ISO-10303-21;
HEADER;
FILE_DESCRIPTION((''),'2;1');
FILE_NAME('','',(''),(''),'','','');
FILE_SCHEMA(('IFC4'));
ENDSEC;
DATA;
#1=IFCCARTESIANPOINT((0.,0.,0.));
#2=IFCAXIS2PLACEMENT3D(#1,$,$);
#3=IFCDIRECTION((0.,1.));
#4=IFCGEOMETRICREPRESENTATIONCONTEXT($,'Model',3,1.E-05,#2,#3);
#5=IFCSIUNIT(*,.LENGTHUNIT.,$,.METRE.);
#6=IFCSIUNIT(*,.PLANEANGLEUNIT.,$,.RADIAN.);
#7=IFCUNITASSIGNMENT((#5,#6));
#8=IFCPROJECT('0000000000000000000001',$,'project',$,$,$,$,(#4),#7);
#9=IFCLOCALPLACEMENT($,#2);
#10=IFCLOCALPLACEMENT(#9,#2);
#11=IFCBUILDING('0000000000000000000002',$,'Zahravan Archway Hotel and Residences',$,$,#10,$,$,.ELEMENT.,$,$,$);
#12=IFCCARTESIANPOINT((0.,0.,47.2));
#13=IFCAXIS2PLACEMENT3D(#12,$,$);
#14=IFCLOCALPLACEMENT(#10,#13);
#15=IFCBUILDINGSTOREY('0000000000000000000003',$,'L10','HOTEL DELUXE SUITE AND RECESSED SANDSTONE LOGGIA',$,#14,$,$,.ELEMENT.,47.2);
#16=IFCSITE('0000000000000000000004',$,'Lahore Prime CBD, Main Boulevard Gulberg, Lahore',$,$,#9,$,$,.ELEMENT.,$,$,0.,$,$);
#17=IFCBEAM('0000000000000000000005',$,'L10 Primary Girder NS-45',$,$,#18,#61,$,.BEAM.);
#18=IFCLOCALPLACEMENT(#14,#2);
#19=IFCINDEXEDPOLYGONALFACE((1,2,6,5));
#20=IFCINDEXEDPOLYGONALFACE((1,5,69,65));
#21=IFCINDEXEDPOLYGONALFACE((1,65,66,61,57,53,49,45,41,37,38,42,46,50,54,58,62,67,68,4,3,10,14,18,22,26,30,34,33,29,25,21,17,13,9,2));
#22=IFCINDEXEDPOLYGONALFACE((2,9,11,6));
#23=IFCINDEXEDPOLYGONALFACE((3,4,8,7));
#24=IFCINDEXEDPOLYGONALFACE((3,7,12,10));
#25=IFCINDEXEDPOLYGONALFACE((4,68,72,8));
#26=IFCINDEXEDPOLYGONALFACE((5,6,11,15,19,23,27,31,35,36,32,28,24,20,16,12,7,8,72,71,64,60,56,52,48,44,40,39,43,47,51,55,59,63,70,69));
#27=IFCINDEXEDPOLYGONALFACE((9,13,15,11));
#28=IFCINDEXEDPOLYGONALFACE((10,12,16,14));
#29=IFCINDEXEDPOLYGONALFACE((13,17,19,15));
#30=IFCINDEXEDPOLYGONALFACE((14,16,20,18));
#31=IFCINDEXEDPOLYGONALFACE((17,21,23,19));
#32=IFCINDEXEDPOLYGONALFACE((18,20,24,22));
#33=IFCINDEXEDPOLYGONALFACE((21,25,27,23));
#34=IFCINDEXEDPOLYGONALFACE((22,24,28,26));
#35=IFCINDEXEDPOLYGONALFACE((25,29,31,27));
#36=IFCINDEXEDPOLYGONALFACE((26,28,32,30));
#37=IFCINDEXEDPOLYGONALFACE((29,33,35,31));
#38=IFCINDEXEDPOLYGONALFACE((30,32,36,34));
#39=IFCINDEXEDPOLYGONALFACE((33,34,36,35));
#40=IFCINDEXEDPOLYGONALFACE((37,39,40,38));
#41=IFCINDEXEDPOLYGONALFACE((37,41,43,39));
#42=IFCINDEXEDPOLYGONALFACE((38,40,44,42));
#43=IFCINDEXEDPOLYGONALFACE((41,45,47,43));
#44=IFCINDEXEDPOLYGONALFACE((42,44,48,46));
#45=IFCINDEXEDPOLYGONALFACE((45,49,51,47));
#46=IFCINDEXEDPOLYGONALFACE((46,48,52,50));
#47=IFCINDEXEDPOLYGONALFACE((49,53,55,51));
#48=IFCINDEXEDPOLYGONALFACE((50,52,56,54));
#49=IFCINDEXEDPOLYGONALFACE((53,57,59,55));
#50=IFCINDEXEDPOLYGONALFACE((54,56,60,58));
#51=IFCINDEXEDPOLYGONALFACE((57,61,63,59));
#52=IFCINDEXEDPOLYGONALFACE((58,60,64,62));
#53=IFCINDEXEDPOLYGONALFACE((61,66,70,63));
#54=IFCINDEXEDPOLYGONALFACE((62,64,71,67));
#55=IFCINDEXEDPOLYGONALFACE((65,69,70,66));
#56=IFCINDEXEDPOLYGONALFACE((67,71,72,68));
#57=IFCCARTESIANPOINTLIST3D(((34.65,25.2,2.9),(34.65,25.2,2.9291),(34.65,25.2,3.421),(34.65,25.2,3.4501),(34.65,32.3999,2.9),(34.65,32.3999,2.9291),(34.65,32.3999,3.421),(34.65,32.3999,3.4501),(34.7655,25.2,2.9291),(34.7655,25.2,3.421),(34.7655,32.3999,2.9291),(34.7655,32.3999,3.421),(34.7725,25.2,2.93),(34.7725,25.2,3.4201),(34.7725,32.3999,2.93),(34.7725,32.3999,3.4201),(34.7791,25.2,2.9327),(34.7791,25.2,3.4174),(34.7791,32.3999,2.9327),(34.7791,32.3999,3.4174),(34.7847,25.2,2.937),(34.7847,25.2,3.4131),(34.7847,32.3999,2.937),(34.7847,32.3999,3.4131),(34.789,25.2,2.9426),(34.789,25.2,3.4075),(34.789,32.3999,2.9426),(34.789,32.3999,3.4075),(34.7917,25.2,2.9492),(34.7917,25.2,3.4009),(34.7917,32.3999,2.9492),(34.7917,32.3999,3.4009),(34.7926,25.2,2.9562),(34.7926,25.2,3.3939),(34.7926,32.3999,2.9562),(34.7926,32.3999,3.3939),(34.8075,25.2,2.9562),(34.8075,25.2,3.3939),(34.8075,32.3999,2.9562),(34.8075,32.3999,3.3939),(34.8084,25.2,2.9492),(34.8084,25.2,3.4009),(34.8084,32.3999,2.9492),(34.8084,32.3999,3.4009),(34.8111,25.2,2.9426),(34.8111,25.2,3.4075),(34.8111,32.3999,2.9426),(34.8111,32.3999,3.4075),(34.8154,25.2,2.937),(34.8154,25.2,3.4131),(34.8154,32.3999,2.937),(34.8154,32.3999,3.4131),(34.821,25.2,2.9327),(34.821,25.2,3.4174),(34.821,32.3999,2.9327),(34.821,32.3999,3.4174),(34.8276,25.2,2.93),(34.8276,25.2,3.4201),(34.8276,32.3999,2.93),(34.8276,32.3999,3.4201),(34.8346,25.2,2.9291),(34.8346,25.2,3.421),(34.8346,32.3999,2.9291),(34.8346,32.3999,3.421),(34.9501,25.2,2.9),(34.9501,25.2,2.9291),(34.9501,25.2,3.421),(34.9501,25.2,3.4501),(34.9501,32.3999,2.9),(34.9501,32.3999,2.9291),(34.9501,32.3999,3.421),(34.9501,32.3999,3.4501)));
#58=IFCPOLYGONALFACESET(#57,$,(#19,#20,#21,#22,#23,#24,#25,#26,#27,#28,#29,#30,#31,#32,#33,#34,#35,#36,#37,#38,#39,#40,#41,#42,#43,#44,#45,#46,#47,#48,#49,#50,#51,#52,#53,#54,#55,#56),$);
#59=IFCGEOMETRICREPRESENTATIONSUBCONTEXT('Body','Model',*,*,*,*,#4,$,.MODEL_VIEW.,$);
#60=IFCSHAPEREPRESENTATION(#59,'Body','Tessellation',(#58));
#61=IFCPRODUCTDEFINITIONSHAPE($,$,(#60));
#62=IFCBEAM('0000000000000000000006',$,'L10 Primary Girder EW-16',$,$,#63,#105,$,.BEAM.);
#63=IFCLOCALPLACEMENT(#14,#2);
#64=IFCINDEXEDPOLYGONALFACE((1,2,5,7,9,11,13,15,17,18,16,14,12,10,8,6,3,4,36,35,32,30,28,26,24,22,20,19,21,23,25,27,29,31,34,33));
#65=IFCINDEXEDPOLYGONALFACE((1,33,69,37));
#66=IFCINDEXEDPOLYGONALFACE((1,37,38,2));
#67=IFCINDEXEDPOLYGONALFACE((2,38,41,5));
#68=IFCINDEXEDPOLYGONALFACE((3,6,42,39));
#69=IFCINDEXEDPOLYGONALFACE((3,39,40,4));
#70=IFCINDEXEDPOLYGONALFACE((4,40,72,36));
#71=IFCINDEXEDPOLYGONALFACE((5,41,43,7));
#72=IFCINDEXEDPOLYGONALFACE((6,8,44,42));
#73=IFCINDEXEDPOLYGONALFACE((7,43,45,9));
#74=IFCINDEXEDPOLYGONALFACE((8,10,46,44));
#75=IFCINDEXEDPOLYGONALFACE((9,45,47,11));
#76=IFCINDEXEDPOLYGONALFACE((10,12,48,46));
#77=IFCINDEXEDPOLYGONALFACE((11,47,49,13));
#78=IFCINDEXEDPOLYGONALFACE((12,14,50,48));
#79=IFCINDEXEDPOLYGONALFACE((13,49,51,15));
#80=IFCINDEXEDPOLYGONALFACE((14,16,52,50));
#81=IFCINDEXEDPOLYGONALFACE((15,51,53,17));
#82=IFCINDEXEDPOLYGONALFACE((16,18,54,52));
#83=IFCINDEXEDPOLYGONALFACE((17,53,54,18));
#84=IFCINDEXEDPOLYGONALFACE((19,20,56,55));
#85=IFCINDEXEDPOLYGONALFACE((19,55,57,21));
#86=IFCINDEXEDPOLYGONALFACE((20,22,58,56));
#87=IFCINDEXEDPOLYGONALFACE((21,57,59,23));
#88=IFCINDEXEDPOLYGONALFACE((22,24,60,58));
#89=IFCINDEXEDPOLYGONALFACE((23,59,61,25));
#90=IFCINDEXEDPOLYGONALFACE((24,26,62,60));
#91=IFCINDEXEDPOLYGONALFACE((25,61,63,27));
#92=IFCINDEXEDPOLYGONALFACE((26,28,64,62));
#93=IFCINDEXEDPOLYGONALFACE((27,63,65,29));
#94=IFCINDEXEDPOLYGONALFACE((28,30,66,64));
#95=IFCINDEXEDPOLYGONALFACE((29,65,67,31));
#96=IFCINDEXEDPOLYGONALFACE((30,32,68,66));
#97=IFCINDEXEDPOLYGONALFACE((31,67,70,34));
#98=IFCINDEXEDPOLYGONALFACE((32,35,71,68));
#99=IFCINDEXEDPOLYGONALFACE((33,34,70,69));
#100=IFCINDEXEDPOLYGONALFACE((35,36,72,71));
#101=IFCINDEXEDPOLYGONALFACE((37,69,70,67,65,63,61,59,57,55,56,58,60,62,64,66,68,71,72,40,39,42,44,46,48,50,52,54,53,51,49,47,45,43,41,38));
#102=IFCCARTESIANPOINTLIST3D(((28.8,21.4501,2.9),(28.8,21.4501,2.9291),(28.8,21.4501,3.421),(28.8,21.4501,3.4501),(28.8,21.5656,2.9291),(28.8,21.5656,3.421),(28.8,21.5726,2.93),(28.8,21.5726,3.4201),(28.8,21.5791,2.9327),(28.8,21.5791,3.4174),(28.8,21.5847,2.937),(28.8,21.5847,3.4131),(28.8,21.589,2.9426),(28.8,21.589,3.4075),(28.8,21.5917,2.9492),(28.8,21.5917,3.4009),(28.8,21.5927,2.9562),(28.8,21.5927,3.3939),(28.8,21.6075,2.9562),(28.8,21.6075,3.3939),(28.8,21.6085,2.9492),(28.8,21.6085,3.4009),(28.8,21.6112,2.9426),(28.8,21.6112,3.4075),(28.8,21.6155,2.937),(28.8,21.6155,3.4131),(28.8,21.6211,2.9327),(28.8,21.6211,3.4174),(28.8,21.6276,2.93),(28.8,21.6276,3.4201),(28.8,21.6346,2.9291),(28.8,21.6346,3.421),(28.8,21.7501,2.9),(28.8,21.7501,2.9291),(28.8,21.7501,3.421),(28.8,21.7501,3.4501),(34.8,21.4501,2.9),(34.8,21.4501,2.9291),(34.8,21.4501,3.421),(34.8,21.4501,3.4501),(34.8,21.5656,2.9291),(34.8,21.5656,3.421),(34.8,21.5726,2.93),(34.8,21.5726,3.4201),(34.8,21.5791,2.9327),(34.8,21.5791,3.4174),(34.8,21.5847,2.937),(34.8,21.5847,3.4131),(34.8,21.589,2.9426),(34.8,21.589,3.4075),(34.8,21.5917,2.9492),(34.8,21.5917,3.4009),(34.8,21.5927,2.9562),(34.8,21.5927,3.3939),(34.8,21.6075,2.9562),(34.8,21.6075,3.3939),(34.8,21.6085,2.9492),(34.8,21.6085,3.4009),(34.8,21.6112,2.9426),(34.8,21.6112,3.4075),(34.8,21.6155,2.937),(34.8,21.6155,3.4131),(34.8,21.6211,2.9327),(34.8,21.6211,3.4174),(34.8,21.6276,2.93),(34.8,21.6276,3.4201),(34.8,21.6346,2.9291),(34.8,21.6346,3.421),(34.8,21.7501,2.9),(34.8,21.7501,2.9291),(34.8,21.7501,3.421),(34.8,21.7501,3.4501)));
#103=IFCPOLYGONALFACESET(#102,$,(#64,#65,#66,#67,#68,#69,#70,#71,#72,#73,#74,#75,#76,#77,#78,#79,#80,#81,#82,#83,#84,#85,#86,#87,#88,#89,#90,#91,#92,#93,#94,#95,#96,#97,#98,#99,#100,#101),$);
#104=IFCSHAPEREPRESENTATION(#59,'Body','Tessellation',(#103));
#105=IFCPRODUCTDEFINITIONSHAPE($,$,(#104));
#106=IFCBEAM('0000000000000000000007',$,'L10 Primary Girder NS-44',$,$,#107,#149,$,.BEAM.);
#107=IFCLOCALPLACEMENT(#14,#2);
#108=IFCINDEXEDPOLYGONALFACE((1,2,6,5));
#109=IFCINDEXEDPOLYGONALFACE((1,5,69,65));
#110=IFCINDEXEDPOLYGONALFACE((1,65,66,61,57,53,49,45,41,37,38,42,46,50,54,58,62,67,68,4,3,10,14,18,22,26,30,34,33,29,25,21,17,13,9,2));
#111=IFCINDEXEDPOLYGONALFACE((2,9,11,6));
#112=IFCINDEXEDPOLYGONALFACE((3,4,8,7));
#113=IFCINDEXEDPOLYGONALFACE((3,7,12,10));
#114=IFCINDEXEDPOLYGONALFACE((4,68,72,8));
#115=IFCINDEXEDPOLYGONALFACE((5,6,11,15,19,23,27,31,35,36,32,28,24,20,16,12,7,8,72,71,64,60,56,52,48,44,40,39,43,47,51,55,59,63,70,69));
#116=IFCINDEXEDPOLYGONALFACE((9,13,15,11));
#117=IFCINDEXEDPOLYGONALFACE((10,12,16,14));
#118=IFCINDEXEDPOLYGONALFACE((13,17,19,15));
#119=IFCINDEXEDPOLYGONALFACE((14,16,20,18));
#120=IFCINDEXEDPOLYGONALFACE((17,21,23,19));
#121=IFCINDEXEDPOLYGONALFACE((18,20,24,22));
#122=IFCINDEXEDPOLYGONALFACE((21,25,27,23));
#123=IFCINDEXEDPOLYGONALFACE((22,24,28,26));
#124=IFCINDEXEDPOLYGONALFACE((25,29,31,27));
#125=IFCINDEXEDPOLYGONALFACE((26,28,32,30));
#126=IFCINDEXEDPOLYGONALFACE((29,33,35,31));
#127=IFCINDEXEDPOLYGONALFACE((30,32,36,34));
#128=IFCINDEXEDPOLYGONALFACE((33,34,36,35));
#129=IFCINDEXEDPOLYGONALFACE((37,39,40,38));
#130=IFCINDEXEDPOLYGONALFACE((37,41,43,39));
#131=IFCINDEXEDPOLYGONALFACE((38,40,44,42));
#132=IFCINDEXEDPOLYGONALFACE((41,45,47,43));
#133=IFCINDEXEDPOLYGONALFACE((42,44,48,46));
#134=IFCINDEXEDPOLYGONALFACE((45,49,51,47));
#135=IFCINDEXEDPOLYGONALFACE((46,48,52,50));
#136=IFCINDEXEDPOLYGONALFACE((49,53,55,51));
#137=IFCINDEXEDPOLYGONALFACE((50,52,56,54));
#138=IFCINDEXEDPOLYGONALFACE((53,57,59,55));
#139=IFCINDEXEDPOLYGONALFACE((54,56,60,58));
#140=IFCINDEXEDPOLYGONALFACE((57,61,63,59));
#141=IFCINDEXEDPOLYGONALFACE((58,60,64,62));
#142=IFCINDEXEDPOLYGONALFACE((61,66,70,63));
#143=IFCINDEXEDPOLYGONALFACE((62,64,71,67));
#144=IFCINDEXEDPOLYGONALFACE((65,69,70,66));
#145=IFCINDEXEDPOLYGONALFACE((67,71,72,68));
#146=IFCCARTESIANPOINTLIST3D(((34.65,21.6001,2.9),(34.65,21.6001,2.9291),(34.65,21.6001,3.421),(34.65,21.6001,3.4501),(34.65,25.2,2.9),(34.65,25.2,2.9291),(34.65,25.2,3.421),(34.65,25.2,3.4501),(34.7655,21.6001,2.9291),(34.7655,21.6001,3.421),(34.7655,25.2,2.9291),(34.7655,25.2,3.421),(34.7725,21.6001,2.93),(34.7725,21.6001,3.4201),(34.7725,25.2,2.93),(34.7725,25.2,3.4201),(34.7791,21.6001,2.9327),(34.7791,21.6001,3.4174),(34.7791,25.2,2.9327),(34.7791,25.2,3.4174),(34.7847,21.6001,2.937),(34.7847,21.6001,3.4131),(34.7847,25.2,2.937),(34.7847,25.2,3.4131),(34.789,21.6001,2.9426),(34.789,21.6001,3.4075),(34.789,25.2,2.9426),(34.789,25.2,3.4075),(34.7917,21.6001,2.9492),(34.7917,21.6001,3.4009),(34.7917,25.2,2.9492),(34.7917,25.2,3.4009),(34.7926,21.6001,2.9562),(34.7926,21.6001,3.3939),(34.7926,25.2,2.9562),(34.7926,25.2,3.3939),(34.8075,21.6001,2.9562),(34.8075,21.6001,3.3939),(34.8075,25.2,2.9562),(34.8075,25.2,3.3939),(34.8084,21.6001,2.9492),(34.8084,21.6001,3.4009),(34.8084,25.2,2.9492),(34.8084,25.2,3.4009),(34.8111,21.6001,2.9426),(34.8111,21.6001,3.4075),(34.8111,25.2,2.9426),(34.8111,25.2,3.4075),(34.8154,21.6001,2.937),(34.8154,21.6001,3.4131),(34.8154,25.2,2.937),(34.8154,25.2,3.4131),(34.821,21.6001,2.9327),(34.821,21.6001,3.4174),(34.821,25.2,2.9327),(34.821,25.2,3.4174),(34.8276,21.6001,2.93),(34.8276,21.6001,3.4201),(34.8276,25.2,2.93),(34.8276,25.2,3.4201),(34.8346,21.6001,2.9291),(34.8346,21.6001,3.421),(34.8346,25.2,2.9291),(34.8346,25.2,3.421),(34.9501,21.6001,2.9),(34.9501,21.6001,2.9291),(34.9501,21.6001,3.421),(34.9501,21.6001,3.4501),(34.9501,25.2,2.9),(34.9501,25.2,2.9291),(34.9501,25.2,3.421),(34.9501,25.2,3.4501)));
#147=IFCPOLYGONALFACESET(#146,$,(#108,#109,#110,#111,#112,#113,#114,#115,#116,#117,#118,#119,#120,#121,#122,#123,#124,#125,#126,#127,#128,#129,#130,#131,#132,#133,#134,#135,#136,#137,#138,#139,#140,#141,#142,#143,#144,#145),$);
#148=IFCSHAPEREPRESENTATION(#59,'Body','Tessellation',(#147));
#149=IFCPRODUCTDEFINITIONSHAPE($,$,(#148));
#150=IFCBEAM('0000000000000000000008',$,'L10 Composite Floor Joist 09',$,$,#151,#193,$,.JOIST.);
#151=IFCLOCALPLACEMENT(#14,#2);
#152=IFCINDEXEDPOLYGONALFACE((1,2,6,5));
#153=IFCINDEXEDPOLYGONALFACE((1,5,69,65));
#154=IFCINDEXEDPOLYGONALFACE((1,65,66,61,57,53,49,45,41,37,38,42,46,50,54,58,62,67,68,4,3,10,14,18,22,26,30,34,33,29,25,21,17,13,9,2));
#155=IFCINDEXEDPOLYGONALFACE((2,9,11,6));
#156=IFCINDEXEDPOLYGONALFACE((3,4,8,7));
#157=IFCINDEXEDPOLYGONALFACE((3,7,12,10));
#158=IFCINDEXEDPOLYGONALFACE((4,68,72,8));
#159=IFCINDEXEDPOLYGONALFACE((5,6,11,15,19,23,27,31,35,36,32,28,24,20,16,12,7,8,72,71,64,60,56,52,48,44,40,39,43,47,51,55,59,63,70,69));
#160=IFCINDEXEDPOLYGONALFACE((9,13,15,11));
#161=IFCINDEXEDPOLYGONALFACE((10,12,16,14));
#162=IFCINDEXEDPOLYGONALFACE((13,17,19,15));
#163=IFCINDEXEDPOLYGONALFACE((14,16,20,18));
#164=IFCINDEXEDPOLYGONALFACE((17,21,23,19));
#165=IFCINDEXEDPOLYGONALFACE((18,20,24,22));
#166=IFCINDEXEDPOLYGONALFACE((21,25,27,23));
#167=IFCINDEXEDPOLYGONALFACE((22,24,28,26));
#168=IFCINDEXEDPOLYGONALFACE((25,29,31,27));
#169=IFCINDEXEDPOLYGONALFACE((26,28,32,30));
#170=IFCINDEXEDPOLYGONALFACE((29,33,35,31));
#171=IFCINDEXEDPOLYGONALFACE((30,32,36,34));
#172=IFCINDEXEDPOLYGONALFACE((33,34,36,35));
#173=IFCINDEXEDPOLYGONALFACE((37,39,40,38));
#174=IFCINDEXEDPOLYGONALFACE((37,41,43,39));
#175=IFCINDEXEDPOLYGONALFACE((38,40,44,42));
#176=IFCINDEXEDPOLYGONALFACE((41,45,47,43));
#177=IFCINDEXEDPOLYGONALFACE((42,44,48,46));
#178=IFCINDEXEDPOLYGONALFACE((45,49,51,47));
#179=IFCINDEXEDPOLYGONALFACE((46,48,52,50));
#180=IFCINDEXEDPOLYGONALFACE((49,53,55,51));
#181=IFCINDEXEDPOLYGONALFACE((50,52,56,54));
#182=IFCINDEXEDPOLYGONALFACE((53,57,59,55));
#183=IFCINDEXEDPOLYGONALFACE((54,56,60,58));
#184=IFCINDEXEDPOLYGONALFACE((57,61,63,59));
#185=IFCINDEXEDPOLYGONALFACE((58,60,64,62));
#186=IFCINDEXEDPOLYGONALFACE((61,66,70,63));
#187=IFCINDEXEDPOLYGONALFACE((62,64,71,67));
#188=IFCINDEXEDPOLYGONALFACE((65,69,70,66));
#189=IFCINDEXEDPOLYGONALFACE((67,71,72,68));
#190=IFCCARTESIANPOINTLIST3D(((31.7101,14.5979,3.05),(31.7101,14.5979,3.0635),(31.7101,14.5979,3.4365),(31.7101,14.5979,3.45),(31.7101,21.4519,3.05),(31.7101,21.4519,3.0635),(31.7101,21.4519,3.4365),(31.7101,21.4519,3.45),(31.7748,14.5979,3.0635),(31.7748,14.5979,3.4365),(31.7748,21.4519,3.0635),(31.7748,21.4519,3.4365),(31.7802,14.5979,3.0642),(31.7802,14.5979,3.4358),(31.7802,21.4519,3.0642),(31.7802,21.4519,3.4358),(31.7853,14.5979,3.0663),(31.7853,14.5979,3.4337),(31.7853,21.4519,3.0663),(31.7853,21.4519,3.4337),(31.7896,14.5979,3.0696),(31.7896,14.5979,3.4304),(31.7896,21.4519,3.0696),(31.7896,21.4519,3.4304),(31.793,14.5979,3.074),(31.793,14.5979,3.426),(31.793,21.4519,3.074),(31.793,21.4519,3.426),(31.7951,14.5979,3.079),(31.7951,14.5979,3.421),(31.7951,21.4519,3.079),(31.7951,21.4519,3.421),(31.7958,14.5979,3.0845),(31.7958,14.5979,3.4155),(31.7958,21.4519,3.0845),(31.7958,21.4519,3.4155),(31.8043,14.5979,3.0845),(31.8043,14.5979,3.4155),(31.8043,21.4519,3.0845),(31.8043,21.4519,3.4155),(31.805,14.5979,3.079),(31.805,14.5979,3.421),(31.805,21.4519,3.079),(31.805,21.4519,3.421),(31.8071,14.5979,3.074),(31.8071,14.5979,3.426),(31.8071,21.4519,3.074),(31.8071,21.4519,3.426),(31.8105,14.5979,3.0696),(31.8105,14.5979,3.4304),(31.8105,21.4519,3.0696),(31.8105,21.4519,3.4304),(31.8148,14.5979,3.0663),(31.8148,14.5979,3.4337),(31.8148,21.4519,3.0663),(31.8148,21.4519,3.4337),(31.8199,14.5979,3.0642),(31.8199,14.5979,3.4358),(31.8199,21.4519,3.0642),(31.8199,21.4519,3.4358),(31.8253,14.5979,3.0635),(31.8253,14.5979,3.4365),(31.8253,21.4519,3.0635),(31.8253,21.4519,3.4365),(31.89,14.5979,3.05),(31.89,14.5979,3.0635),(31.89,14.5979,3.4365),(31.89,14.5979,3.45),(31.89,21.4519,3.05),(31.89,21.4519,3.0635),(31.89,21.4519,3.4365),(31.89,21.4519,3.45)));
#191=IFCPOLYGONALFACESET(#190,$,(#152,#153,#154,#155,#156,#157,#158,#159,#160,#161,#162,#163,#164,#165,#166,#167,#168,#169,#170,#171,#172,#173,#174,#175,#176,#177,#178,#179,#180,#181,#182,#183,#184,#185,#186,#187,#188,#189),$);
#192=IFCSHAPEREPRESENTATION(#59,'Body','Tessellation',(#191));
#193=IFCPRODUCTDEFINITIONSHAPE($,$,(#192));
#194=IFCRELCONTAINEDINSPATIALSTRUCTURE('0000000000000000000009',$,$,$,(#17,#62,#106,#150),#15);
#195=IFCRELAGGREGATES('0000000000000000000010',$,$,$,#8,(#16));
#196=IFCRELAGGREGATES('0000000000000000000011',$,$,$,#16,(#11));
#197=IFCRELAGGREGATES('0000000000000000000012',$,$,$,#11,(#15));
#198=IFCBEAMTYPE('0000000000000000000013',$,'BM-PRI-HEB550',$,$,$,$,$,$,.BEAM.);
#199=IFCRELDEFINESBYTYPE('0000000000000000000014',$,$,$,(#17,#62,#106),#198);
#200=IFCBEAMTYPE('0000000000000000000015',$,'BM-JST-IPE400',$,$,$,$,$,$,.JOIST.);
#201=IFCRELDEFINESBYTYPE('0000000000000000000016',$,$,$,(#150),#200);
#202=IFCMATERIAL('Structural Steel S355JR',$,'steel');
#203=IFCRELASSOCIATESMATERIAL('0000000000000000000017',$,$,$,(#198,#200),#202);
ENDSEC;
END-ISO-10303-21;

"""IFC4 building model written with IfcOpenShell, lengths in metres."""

from ifc_helpers import new_model, si_unit, direction, frame, origin, origin_2d, place, context, subcontext, project, spatial, i_section, extrude, source, transform, mapped, material, material_profile, profile_set, type_object, element, save


model = new_model("IFC4")

# Units and contexts
model_context = context("Model", 3, precision=1e-05, world=origin(), true_north=direction((0.0, 1.0)))
body_context = subcontext(model_context, "Body", "Model", "MODEL_VIEW")
ifc_project = project(units=[si_unit("LENGTHUNIT", "METRE"), si_unit("PLANEANGLEUNIT", "RADIAN")], contexts=[model_context])

# Site, building, storey
site_placement = place(None, origin())
site = spatial("IfcSite", under=ifc_project, at=site_placement, Name="Lahore Prime CBD, Main Boulevard Gulberg, Lahore", CompositionType="ELEMENT", RefElevation=0.0)
building_placement = place(site_placement, origin())
building = spatial("IfcBuilding", under=site, at=building_placement, Name="Zahravan Archway Hotel and Residences", CompositionType="ELEMENT")
storey_placement = place(building_placement, frame((0.0, 0.0, 47.2)))
storey = spatial("IfcBuildingStorey", under=building, at=storey_placement, Name="L10", Description="HOTEL DELUXE SUITE AND RECESSED SANDSTONE LOGGIA", CompositionType="ELEMENT", Elevation=47.2)

# Beams
ifc_material_1 = material(Name="Structural Steel S355JR", Category="steel")
ifc_material_profile_1 = material_profile(ifc_material_1, i_section(OverallWidth=0.3, OverallDepth=0.55, WebThickness=0.0149, FlangeThickness=0.0291, FilletRadius=0.0271, at=origin_2d()), Name="HEB 550", Category="steel")
ifc_profile_set_1 = profile_set([ifc_material_profile_1], Name="Structural Steel S355JR")
beam_type_1 = type_object("IfcBeamType", Name="BM-PRI-HEB550", PredefinedType="BEAM", material=ifc_profile_set_1)
shared_shape_1 = source(origin(), body_context, "Body", "SweptSolid", [
    extrude(i_section(OverallWidth=0.3, OverallDepth=0.55, WebThickness=0.0149, FlangeThickness=0.0291, FilletRadius=0.0271, at=origin_2d()), origin(), (0.0, 0.0, 1.0), 7.2),
])
for number, where, z_axis, x_axis, name in (
    (1, (34.8, 25.2, 3.175), (0.0, 1.0, 0.0), (-1.0, 0.0, 0.0), "L10 Primary Girder NS-45"),
):
    element("IfcBeam", number, at=place(storey_placement, frame(where, z_axis=z_axis, x_axis=x_axis)), inside=storey, type_object=beam_type_1, Name=name, PredefinedType="BEAM", context=body_context, shape_type="MappedRepresentation", body=[
        mapped(shared_shape_1, transform((0.0, 0.0, 0.0), scale=1.0)),
    ])
shared_shape_2 = source(origin(), body_context, "Body", "SweptSolid", [
    extrude(i_section(OverallWidth=0.3, OverallDepth=0.55, WebThickness=0.0149, FlangeThickness=0.0291, FilletRadius=0.0271, at=origin_2d()), origin(), (0.0, 0.0, 1.0), 6.0),
])
beam_1_placement = place(storey_placement, frame((28.8, 21.6001, 3.175), z_axis=(1.0, 0.0, 0.0), x_axis=(0.0, 1.0, 0.0)))
element("IfcBeam", 2, at=beam_1_placement, inside=storey, type_object=beam_type_1, Name="L10 Primary Girder EW-16", PredefinedType="BEAM", context=body_context, shape_type="MappedRepresentation", body=[
    mapped(shared_shape_2, transform((0.0, 0.0, 0.0), scale=1.0)),
])
shared_shape_3 = source(origin(), body_context, "Body", "SweptSolid", [
    extrude(i_section(OverallWidth=0.3, OverallDepth=0.55, WebThickness=0.0149, FlangeThickness=0.0291, FilletRadius=0.0271, at=origin_2d()), origin(), (0.0, 0.0, 1.0), 3.5999),
])
beam_2_placement = place(storey_placement, frame((34.8, 21.6001, 3.175), z_axis=(0.0, 1.0, 0.0), x_axis=(-1.0, 0.0, 0.0)))
element("IfcBeam", 3, at=beam_2_placement, inside=storey, type_object=beam_type_1, Name="L10 Primary Girder NS-44", PredefinedType="BEAM", context=body_context, shape_type="MappedRepresentation", body=[
    mapped(shared_shape_3, transform((0.0, 0.0, 0.0), scale=1.0)),
])
ifc_material_profile_2 = material_profile(ifc_material_1, i_section(OverallWidth=0.1799, OverallDepth=0.3999, WebThickness=0.0085, FlangeThickness=0.0134, FilletRadius=0.021, at=origin_2d()), Name="IPE 400", Category="steel")
ifc_profile_set_2 = profile_set([ifc_material_profile_2], Name="Structural Steel S355JR")
beam_type_2 = type_object("IfcBeamType", Name="BM-JST-IPE400", PredefinedType="JOIST", material=ifc_profile_set_2)
shared_shape_4 = source(origin(), body_context, "Body", "SweptSolid", [
    extrude(i_section(OverallWidth=0.1799, OverallDepth=0.3999, WebThickness=0.0085, FlangeThickness=0.0134, FilletRadius=0.021, at=origin_2d()), origin(), (0.0, 0.0, 1.0), 6.854),
])
beam_3_placement = place(storey_placement, frame((31.8, 14.5979, 3.25), z_axis=(0.0, 1.0, 0.0), x_axis=(-1.0, 0.0, 0.0)))
element("IfcBeam", 4, at=beam_3_placement, inside=storey, type_object=beam_type_2, Name="L10 Composite Floor Joist 09", PredefinedType="JOIST", context=body_context, shape_type="MappedRepresentation", body=[
    mapped(shared_shape_4, transform((0.0, 0.0, 0.0), scale=1.0)),
])

save(model, "model.ifc")
